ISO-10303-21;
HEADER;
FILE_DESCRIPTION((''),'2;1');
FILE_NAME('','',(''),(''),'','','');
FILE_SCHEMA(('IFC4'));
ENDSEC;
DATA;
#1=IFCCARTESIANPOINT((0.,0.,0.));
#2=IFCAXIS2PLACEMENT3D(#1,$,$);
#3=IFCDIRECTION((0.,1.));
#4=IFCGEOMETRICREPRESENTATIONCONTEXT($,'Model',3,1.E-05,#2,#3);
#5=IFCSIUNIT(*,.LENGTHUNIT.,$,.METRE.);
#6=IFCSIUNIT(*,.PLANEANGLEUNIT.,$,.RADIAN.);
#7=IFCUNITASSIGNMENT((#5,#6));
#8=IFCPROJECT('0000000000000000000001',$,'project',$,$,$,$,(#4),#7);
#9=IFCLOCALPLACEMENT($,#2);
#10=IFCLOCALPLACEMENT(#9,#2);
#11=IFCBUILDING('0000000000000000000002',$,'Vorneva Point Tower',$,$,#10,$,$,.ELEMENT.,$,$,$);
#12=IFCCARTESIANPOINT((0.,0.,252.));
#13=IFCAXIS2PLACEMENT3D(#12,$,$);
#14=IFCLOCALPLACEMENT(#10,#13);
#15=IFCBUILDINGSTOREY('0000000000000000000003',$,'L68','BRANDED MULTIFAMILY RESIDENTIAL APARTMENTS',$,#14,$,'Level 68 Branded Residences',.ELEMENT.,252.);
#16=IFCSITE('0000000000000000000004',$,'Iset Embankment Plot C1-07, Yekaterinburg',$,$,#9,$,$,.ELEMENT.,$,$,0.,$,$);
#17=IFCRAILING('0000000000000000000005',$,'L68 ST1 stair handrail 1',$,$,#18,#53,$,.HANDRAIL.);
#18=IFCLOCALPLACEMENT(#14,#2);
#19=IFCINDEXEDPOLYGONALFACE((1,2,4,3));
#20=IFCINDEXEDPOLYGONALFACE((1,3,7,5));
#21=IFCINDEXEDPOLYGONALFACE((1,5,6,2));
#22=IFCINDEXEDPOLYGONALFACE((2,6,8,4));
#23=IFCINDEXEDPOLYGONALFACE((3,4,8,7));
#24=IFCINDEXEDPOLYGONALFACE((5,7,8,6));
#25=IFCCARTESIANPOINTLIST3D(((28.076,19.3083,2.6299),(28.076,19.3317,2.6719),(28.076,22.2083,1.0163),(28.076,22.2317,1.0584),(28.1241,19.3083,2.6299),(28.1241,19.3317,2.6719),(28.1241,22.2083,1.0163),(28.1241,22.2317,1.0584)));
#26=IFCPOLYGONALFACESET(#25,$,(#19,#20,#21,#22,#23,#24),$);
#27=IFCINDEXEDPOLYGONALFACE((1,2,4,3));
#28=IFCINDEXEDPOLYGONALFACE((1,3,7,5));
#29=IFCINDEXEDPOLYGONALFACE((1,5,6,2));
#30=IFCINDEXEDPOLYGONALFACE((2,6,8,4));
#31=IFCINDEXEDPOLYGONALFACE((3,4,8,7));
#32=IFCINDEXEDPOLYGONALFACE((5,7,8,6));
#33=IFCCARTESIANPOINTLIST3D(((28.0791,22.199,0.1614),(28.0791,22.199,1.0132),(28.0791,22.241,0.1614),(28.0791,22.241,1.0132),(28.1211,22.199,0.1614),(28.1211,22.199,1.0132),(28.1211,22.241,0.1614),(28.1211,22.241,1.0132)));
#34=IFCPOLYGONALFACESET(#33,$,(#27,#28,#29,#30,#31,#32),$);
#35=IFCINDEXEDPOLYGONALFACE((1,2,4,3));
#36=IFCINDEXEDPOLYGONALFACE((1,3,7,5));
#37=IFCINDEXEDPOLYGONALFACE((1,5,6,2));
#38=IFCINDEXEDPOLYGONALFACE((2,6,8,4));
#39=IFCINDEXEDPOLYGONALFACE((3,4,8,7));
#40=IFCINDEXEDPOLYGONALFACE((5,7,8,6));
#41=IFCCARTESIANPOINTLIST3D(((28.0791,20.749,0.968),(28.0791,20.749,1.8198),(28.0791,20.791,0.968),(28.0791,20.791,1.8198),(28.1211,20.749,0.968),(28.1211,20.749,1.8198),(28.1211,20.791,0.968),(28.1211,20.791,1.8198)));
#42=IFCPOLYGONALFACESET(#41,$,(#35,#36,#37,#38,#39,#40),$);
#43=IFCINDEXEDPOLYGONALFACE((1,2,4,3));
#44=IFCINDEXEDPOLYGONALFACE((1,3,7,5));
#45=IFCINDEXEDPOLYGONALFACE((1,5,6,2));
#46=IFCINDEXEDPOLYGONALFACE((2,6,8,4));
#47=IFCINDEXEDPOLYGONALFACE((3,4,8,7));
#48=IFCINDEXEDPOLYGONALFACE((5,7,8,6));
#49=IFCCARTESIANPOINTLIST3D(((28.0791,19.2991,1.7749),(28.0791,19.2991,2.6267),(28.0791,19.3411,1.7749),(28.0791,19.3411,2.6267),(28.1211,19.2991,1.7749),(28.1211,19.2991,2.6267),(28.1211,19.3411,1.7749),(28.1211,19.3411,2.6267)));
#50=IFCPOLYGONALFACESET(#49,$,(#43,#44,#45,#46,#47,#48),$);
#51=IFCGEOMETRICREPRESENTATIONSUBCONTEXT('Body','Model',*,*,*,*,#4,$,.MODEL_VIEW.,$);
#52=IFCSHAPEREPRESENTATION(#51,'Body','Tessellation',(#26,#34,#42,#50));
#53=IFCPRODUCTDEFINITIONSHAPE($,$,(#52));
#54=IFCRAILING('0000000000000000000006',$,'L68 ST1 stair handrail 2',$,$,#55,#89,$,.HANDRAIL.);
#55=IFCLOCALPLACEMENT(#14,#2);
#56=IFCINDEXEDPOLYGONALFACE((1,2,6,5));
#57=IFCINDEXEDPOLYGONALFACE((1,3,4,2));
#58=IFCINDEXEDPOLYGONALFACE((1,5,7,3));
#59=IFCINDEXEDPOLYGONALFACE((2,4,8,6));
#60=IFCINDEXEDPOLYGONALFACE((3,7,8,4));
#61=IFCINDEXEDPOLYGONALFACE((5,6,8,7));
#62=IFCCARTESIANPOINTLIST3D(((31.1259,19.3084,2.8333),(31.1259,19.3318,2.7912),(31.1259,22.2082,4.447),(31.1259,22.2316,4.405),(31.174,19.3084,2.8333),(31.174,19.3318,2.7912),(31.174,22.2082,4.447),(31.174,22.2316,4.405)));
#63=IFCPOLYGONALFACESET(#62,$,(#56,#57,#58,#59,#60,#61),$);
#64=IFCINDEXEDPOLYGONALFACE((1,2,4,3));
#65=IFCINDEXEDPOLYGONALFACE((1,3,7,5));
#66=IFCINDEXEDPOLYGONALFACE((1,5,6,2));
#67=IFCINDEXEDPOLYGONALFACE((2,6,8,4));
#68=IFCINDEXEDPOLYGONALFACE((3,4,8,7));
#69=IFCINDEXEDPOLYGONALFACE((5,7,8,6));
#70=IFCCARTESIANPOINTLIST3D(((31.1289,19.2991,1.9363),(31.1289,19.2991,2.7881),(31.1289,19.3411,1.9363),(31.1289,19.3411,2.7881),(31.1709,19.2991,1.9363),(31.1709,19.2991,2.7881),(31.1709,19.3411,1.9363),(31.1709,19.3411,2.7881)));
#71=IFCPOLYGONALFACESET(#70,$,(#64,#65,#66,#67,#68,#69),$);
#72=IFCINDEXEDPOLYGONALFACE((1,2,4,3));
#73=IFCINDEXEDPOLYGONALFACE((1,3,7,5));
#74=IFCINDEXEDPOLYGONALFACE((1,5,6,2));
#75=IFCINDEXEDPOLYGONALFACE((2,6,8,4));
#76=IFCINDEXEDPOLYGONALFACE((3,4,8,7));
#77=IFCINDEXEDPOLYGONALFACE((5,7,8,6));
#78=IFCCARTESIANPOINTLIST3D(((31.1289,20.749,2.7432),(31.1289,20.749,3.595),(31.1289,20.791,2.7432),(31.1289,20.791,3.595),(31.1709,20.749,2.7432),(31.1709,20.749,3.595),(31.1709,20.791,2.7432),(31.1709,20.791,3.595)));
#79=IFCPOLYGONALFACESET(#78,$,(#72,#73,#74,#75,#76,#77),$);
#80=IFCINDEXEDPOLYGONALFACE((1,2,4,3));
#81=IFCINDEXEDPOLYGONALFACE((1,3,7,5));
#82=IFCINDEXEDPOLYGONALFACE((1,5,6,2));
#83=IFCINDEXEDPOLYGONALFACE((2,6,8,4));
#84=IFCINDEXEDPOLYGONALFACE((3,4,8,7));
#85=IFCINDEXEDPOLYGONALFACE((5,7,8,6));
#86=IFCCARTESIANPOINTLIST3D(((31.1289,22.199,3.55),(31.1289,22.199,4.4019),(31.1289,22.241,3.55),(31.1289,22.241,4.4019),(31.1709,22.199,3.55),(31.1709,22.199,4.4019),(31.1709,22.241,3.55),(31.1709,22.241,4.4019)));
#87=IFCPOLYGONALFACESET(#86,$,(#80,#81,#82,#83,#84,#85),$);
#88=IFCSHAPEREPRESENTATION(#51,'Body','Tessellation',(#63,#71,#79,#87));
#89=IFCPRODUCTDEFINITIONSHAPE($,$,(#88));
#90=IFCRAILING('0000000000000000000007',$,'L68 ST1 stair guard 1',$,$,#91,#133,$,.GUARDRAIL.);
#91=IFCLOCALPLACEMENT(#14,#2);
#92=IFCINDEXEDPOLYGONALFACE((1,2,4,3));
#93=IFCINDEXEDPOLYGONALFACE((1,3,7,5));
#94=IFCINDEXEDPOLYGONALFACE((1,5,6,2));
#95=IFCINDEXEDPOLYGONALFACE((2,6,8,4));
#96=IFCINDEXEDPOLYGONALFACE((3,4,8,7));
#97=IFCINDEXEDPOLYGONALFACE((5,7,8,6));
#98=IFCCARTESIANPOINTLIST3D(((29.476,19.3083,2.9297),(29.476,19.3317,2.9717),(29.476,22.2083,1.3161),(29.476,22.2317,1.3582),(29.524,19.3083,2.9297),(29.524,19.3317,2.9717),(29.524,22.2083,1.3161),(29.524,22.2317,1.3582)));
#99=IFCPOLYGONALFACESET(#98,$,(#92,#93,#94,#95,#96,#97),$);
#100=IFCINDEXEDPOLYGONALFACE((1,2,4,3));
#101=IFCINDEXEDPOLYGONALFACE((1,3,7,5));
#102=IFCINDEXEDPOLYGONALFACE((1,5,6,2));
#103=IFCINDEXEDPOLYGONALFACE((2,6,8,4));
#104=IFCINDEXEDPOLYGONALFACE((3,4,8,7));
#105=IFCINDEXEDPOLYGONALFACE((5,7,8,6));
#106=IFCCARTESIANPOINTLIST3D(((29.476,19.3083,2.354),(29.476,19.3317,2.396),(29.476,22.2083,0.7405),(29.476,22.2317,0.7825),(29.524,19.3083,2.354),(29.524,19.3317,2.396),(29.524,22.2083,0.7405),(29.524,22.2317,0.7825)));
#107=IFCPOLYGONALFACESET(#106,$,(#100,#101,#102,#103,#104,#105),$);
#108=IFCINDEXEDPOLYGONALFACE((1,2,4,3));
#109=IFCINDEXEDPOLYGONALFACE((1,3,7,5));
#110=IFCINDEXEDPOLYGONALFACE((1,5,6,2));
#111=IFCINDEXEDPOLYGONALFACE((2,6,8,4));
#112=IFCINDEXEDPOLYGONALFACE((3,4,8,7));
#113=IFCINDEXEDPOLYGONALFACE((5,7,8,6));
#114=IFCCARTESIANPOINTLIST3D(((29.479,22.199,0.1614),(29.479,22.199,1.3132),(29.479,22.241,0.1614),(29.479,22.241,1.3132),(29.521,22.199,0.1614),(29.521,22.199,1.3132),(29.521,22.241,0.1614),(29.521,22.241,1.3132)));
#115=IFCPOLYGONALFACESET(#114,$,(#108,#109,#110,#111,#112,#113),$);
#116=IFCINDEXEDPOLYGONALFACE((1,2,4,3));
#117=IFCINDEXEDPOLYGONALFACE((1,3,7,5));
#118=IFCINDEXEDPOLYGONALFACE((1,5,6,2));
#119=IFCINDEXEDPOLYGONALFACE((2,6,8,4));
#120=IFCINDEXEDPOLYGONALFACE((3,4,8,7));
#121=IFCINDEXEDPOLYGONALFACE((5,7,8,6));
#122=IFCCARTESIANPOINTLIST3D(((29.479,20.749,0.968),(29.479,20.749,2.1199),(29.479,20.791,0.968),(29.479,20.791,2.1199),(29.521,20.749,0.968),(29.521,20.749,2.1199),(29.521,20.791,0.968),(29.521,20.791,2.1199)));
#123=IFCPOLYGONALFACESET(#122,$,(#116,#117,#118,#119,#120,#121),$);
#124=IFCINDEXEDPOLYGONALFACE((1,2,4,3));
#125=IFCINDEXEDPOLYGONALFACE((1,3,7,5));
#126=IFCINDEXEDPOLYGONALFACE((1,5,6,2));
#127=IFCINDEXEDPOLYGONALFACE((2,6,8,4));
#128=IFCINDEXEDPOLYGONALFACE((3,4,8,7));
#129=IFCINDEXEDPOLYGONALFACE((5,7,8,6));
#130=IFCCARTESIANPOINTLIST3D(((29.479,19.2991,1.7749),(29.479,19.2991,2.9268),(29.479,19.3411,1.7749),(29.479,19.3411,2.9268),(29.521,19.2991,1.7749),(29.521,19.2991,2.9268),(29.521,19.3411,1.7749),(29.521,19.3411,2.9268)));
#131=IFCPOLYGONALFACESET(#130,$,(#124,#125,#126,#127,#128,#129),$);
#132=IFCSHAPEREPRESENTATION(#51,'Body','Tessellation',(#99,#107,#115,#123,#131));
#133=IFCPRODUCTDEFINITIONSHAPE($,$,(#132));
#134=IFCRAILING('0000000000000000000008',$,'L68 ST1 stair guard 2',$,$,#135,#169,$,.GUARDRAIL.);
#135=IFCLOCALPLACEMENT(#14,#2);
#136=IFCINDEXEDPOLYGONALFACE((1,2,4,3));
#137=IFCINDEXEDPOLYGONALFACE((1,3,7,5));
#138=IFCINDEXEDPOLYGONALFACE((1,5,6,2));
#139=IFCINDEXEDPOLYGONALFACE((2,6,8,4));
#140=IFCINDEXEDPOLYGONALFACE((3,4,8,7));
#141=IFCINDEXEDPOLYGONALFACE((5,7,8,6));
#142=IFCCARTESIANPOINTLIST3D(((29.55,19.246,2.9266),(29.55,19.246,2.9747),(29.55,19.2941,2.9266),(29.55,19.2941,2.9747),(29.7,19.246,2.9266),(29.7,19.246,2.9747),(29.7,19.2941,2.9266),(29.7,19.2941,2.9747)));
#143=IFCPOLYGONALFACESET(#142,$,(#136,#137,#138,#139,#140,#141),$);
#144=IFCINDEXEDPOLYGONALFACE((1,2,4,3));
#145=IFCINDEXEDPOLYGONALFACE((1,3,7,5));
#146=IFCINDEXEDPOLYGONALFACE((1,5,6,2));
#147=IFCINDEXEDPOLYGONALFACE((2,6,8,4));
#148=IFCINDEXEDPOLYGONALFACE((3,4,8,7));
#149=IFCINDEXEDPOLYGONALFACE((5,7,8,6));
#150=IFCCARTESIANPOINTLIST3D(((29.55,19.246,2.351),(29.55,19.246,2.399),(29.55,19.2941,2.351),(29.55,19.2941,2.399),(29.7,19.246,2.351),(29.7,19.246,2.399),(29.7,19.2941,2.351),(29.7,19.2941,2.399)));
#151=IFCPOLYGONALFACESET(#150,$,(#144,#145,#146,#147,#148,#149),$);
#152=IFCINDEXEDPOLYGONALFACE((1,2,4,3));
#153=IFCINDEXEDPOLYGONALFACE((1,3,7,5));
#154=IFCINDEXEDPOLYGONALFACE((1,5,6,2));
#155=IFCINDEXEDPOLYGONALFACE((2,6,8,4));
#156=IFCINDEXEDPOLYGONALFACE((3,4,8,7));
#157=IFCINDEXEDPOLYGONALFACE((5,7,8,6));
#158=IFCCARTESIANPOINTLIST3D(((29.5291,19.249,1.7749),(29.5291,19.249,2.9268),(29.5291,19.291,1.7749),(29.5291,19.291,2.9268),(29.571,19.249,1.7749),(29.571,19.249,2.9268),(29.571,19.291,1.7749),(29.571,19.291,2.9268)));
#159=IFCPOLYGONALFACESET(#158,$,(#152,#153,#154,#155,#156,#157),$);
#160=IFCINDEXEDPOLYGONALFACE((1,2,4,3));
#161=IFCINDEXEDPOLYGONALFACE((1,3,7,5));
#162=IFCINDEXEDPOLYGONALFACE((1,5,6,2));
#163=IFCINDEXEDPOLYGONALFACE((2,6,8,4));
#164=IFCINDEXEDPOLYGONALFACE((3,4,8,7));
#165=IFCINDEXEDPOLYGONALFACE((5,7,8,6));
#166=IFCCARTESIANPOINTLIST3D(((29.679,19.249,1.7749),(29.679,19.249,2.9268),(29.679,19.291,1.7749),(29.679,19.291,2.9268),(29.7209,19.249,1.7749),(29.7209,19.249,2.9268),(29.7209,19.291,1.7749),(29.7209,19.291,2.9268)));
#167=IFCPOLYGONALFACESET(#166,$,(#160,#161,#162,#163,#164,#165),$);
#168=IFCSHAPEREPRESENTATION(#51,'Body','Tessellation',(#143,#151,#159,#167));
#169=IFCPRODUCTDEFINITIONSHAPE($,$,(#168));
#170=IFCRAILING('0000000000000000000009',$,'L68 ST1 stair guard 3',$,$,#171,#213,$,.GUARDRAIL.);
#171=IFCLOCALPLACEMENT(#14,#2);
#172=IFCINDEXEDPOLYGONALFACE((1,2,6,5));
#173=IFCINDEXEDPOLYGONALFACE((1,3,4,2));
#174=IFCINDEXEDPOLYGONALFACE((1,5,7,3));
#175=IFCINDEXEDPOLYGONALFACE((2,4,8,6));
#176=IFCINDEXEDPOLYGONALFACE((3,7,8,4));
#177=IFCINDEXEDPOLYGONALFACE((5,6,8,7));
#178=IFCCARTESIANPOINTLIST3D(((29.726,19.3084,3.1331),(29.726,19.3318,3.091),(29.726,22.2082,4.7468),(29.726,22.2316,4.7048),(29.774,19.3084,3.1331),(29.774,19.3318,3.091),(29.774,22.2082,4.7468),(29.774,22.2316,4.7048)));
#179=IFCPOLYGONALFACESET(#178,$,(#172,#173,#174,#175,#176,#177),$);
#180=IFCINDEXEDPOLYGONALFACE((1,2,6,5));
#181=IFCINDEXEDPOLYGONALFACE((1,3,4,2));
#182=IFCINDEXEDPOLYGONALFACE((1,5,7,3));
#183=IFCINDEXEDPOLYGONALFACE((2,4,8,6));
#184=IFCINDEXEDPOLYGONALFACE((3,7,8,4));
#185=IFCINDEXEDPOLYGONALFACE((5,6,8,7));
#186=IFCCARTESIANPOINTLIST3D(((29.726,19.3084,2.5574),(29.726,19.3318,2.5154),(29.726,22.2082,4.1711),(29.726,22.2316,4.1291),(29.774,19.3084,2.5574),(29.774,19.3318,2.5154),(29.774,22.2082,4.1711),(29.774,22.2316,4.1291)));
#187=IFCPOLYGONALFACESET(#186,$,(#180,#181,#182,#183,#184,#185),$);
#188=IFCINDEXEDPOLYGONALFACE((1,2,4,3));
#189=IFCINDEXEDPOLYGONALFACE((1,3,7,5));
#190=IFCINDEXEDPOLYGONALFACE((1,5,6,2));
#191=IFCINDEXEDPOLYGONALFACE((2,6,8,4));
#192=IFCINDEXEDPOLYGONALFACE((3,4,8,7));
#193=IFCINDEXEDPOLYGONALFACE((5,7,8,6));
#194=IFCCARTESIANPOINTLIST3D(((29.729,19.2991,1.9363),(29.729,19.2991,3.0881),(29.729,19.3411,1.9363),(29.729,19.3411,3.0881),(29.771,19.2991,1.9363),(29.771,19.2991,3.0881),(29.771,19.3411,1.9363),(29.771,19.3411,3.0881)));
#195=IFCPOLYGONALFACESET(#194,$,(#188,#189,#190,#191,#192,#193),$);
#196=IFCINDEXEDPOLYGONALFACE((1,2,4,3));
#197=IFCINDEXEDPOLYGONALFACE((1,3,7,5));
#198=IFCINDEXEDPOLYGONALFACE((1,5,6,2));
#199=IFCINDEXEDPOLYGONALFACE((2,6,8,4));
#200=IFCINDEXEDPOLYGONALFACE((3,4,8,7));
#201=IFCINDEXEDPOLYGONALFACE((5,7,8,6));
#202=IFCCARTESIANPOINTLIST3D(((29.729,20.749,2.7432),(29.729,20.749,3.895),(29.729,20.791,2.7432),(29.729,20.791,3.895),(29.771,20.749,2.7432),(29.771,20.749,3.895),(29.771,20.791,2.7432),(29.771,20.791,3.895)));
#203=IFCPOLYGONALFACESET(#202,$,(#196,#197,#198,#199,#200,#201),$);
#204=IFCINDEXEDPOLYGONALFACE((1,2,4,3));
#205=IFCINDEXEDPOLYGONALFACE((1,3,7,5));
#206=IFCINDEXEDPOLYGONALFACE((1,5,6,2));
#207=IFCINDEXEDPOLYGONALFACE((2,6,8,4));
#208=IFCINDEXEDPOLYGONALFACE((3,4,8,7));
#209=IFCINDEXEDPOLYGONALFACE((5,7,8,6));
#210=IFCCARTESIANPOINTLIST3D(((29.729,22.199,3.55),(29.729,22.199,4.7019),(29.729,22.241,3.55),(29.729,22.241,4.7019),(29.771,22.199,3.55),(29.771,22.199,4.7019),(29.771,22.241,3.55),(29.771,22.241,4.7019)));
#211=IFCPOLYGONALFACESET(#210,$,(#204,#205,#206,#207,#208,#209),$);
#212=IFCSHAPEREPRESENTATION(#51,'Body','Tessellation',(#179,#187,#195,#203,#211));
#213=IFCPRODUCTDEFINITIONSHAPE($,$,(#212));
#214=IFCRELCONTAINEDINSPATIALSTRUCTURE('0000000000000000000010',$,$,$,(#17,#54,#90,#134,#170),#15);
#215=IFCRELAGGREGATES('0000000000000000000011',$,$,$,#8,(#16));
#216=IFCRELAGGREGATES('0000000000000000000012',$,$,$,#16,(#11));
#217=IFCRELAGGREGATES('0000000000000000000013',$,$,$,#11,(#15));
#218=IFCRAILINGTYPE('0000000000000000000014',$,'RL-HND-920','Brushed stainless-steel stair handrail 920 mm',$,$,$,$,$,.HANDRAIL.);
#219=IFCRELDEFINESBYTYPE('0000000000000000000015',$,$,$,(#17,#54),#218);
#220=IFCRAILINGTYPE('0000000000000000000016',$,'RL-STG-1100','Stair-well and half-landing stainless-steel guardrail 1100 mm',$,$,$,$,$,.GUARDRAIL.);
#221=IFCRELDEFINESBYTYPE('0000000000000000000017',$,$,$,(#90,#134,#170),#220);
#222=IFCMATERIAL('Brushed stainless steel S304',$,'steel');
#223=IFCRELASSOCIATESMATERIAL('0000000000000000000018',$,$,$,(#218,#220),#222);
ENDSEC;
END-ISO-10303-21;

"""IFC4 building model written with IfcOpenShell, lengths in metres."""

from ifc_helpers import new_model, si_unit, direction, frame, origin, origin_2d, place, context, subcontext, project, spatial, rectangle, extrude, material, type_object, element, save


model = new_model("IFC4")

# Units and contexts
model_context = context("Model", 3, precision=1e-05, world=origin(), true_north=direction((0.0, 1.0)))
body_context = subcontext(model_context, "Body", "Model", "MODEL_VIEW")
ifc_project = project(units=[si_unit("LENGTHUNIT", "METRE"), si_unit("PLANEANGLEUNIT", "RADIAN")], contexts=[model_context])

# Site, building, storey
site_placement = place(None, origin())
site = spatial("IfcSite", under=ifc_project, at=site_placement, Name="Iset Embankment Plot C1-07, Yekaterinburg", CompositionType="ELEMENT", RefElevation=0.0)
building_placement = place(site_placement, origin())
building = spatial("IfcBuilding", under=site, at=building_placement, Name="Vorneva Point Tower", CompositionType="ELEMENT")
storey_placement = place(building_placement, frame((0.0, 0.0, 252.0)))
storey = spatial("IfcBuildingStorey", under=building, at=storey_placement, Name="L68", Description="BRANDED MULTIFAMILY RESIDENTIAL APARTMENTS", LongName="Level 68 Branded Residences", CompositionType="ELEMENT", Elevation=252.0)

# Railings
ifc_material_1 = material(Name="Brushed stainless steel S304", Category="steel")
railing_type_1 = type_object("IfcRailingType", Name="RL-HND-920", Description="Brushed stainless-steel stair handrail 920 mm", PredefinedType="HANDRAIL", material=ifc_material_1)
railing_1_placement = place(storey_placement, frame((28.1001, 22.22, 0.1614)))
element("IfcRailing", 1, at=railing_1_placement, inside=storey, type_object=railing_type_1, Name="L68 ST1 stair handrail 1", PredefinedType="HANDRAIL", context=body_context, shape_type="SweptSolid", body=[
    extrude(rectangle(XDim=0.0481, YDim=0.0481, at=origin_2d()), frame((0.0, 0.0, 0.876), z_axis=(0.0, -0.873841, 0.486211), x_axis=(1.0, 0.0, 0.0)), (0.0, 0.0, 1.0), 3.3186),
    extrude(rectangle(XDim=0.042, YDim=0.042, at=origin_2d()), origin(), (0.0, 0.0, 1.0), 0.8518),
    extrude(rectangle(XDim=0.042, YDim=0.042, at=origin_2d()), frame((0.0, -1.45, 0.8066)), (0.0, 0.0, 1.0), 0.8518),
    extrude(rectangle(XDim=0.042, YDim=0.042, at=origin_2d()), frame((0.0, -2.8999, 1.6135)), (0.0, 0.0, 1.0), 0.8518),
])
railing_2_placement = place(storey_placement, frame((31.1499, 19.3201, 1.9363)))
element("IfcRailing", 2, at=railing_2_placement, inside=storey, type_object=railing_type_1, Name="L68 ST1 stair handrail 2", PredefinedType="HANDRAIL", context=body_context, shape_type="SweptSolid", body=[
    extrude(rectangle(XDim=0.0481, YDim=0.0481, at=origin_2d()), frame((0.0, 0.0, 0.876), z_axis=(0.0, 0.87381, 0.486267), x_axis=(-1.0, 0.0, 0.0)), (0.0, 0.0, 1.0), 3.3186),
    extrude(rectangle(XDim=0.042, YDim=0.042, at=origin_2d()), origin(), (0.0, 0.0, 1.0), 0.8518),
    extrude(rectangle(XDim=0.042, YDim=0.042, at=origin_2d()), frame((0.0, 1.45, 0.8069)), (0.0, 0.0, 1.0), 0.8518),
    extrude(rectangle(XDim=0.042, YDim=0.042, at=origin_2d()), frame((0.0, 2.8999, 1.6138)), (0.0, 0.0, 1.0), 0.8518),
])
railing_type_2 = type_object("IfcRailingType", Name="RL-STG-1100", Description="Stair-well and half-landing stainless-steel guardrail 1100 mm", PredefinedType="GUARDRAIL", material=ifc_material_1)
railing_3_placement = place(storey_placement, frame((29.5, 22.22, 0.1614)))
element("IfcRailing", 3, at=railing_3_placement, inside=storey, type_object=railing_type_2, Name="L68 ST1 stair guard 1", PredefinedType="GUARDRAIL", context=body_context, shape_type="SweptSolid", body=[
    extrude(rectangle(XDim=0.0481, YDim=0.0481, at=origin_2d()), frame((0.0, 0.0, 1.1758), z_axis=(0.0, -0.873841, 0.486211), x_axis=(1.0, 0.0, 0.0)), (0.0, 0.0, 1.0), 3.3186),
    extrude(rectangle(XDim=0.0481, YDim=0.0481, at=origin_2d()), frame((0.0, 0.0, 0.6001), z_axis=(0.0, -0.873841, 0.486211), x_axis=(1.0, 0.0, 0.0)), (0.0, 0.0, 1.0), 3.3186),
    extrude(rectangle(XDim=0.042, YDim=0.042, at=origin_2d()), origin(), (0.0, 0.0, 1.0), 1.1519),
    extrude(rectangle(XDim=0.042, YDim=0.042, at=origin_2d()), frame((0.0, -1.45, 0.8066)), (0.0, 0.0, 1.0), 1.1519),
    extrude(rectangle(XDim=0.042, YDim=0.042, at=origin_2d()), frame((0.0, -2.8999, 1.6135)), (0.0, 0.0, 1.0), 1.1519),
])
railing_4_placement = place(storey_placement, frame((29.55, 19.27, 1.7749)))
element("IfcRailing", 4, at=railing_4_placement, inside=storey, type_object=railing_type_2, Name="L68 ST1 stair guard 2", PredefinedType="GUARDRAIL", context=body_context, shape_type="SweptSolid", body=[
    extrude(rectangle(XDim=0.0481, YDim=0.0481, at=origin_2d()), frame((0.0, 0.0, 1.1758), z_axis=(1.0, 0.0, 0.0), x_axis=(0.0, 1.0, 0.0)), (0.0, 0.0, 1.0), 0.1499),
    extrude(rectangle(XDim=0.0481, YDim=0.0481, at=origin_2d()), frame((0.0, 0.0, 0.6001), z_axis=(1.0, 0.0, 0.0), x_axis=(0.0, 1.0, 0.0)), (0.0, 0.0, 1.0), 0.1499),
    extrude(rectangle(XDim=0.042, YDim=0.042, at=origin_2d()), origin(), (0.0, 0.0, 1.0), 1.1519),
    extrude(rectangle(XDim=0.042, YDim=0.042, at=origin_2d()), frame((0.1499, 0.0, 0.0)), (0.0, 0.0, 1.0), 1.1519),
])
railing_5_placement = place(storey_placement, frame((29.75, 19.3201, 1.9363)))
element("IfcRailing", 5, at=railing_5_placement, inside=storey, type_object=railing_type_2, Name="L68 ST1 stair guard 3", PredefinedType="GUARDRAIL", context=body_context, shape_type="SweptSolid", body=[
    extrude(rectangle(XDim=0.0481, YDim=0.0481, at=origin_2d()), frame((0.0, 0.0, 1.1758), z_axis=(0.0, 0.87381, 0.486267), x_axis=(-1.0, 0.0, 0.0)), (0.0, 0.0, 1.0), 3.3186),
    extrude(rectangle(XDim=0.0481, YDim=0.0481, at=origin_2d()), frame((0.0, 0.0, 0.6001), z_axis=(0.0, 0.87381, 0.486267), x_axis=(-1.0, 0.0, 0.0)), (0.0, 0.0, 1.0), 3.3186),
    extrude(rectangle(XDim=0.042, YDim=0.042, at=origin_2d()), origin(), (0.0, 0.0, 1.0), 1.1519),
    extrude(rectangle(XDim=0.042, YDim=0.042, at=origin_2d()), frame((0.0, 1.45, 0.8069)), (0.0, 0.0, 1.0), 1.1519),
    extrude(rectangle(XDim=0.042, YDim=0.042, at=origin_2d()), frame((0.0, 2.8999, 1.6138)), (0.0, 0.0, 1.0), 1.1519),
])

save(model, "model.ifc")
